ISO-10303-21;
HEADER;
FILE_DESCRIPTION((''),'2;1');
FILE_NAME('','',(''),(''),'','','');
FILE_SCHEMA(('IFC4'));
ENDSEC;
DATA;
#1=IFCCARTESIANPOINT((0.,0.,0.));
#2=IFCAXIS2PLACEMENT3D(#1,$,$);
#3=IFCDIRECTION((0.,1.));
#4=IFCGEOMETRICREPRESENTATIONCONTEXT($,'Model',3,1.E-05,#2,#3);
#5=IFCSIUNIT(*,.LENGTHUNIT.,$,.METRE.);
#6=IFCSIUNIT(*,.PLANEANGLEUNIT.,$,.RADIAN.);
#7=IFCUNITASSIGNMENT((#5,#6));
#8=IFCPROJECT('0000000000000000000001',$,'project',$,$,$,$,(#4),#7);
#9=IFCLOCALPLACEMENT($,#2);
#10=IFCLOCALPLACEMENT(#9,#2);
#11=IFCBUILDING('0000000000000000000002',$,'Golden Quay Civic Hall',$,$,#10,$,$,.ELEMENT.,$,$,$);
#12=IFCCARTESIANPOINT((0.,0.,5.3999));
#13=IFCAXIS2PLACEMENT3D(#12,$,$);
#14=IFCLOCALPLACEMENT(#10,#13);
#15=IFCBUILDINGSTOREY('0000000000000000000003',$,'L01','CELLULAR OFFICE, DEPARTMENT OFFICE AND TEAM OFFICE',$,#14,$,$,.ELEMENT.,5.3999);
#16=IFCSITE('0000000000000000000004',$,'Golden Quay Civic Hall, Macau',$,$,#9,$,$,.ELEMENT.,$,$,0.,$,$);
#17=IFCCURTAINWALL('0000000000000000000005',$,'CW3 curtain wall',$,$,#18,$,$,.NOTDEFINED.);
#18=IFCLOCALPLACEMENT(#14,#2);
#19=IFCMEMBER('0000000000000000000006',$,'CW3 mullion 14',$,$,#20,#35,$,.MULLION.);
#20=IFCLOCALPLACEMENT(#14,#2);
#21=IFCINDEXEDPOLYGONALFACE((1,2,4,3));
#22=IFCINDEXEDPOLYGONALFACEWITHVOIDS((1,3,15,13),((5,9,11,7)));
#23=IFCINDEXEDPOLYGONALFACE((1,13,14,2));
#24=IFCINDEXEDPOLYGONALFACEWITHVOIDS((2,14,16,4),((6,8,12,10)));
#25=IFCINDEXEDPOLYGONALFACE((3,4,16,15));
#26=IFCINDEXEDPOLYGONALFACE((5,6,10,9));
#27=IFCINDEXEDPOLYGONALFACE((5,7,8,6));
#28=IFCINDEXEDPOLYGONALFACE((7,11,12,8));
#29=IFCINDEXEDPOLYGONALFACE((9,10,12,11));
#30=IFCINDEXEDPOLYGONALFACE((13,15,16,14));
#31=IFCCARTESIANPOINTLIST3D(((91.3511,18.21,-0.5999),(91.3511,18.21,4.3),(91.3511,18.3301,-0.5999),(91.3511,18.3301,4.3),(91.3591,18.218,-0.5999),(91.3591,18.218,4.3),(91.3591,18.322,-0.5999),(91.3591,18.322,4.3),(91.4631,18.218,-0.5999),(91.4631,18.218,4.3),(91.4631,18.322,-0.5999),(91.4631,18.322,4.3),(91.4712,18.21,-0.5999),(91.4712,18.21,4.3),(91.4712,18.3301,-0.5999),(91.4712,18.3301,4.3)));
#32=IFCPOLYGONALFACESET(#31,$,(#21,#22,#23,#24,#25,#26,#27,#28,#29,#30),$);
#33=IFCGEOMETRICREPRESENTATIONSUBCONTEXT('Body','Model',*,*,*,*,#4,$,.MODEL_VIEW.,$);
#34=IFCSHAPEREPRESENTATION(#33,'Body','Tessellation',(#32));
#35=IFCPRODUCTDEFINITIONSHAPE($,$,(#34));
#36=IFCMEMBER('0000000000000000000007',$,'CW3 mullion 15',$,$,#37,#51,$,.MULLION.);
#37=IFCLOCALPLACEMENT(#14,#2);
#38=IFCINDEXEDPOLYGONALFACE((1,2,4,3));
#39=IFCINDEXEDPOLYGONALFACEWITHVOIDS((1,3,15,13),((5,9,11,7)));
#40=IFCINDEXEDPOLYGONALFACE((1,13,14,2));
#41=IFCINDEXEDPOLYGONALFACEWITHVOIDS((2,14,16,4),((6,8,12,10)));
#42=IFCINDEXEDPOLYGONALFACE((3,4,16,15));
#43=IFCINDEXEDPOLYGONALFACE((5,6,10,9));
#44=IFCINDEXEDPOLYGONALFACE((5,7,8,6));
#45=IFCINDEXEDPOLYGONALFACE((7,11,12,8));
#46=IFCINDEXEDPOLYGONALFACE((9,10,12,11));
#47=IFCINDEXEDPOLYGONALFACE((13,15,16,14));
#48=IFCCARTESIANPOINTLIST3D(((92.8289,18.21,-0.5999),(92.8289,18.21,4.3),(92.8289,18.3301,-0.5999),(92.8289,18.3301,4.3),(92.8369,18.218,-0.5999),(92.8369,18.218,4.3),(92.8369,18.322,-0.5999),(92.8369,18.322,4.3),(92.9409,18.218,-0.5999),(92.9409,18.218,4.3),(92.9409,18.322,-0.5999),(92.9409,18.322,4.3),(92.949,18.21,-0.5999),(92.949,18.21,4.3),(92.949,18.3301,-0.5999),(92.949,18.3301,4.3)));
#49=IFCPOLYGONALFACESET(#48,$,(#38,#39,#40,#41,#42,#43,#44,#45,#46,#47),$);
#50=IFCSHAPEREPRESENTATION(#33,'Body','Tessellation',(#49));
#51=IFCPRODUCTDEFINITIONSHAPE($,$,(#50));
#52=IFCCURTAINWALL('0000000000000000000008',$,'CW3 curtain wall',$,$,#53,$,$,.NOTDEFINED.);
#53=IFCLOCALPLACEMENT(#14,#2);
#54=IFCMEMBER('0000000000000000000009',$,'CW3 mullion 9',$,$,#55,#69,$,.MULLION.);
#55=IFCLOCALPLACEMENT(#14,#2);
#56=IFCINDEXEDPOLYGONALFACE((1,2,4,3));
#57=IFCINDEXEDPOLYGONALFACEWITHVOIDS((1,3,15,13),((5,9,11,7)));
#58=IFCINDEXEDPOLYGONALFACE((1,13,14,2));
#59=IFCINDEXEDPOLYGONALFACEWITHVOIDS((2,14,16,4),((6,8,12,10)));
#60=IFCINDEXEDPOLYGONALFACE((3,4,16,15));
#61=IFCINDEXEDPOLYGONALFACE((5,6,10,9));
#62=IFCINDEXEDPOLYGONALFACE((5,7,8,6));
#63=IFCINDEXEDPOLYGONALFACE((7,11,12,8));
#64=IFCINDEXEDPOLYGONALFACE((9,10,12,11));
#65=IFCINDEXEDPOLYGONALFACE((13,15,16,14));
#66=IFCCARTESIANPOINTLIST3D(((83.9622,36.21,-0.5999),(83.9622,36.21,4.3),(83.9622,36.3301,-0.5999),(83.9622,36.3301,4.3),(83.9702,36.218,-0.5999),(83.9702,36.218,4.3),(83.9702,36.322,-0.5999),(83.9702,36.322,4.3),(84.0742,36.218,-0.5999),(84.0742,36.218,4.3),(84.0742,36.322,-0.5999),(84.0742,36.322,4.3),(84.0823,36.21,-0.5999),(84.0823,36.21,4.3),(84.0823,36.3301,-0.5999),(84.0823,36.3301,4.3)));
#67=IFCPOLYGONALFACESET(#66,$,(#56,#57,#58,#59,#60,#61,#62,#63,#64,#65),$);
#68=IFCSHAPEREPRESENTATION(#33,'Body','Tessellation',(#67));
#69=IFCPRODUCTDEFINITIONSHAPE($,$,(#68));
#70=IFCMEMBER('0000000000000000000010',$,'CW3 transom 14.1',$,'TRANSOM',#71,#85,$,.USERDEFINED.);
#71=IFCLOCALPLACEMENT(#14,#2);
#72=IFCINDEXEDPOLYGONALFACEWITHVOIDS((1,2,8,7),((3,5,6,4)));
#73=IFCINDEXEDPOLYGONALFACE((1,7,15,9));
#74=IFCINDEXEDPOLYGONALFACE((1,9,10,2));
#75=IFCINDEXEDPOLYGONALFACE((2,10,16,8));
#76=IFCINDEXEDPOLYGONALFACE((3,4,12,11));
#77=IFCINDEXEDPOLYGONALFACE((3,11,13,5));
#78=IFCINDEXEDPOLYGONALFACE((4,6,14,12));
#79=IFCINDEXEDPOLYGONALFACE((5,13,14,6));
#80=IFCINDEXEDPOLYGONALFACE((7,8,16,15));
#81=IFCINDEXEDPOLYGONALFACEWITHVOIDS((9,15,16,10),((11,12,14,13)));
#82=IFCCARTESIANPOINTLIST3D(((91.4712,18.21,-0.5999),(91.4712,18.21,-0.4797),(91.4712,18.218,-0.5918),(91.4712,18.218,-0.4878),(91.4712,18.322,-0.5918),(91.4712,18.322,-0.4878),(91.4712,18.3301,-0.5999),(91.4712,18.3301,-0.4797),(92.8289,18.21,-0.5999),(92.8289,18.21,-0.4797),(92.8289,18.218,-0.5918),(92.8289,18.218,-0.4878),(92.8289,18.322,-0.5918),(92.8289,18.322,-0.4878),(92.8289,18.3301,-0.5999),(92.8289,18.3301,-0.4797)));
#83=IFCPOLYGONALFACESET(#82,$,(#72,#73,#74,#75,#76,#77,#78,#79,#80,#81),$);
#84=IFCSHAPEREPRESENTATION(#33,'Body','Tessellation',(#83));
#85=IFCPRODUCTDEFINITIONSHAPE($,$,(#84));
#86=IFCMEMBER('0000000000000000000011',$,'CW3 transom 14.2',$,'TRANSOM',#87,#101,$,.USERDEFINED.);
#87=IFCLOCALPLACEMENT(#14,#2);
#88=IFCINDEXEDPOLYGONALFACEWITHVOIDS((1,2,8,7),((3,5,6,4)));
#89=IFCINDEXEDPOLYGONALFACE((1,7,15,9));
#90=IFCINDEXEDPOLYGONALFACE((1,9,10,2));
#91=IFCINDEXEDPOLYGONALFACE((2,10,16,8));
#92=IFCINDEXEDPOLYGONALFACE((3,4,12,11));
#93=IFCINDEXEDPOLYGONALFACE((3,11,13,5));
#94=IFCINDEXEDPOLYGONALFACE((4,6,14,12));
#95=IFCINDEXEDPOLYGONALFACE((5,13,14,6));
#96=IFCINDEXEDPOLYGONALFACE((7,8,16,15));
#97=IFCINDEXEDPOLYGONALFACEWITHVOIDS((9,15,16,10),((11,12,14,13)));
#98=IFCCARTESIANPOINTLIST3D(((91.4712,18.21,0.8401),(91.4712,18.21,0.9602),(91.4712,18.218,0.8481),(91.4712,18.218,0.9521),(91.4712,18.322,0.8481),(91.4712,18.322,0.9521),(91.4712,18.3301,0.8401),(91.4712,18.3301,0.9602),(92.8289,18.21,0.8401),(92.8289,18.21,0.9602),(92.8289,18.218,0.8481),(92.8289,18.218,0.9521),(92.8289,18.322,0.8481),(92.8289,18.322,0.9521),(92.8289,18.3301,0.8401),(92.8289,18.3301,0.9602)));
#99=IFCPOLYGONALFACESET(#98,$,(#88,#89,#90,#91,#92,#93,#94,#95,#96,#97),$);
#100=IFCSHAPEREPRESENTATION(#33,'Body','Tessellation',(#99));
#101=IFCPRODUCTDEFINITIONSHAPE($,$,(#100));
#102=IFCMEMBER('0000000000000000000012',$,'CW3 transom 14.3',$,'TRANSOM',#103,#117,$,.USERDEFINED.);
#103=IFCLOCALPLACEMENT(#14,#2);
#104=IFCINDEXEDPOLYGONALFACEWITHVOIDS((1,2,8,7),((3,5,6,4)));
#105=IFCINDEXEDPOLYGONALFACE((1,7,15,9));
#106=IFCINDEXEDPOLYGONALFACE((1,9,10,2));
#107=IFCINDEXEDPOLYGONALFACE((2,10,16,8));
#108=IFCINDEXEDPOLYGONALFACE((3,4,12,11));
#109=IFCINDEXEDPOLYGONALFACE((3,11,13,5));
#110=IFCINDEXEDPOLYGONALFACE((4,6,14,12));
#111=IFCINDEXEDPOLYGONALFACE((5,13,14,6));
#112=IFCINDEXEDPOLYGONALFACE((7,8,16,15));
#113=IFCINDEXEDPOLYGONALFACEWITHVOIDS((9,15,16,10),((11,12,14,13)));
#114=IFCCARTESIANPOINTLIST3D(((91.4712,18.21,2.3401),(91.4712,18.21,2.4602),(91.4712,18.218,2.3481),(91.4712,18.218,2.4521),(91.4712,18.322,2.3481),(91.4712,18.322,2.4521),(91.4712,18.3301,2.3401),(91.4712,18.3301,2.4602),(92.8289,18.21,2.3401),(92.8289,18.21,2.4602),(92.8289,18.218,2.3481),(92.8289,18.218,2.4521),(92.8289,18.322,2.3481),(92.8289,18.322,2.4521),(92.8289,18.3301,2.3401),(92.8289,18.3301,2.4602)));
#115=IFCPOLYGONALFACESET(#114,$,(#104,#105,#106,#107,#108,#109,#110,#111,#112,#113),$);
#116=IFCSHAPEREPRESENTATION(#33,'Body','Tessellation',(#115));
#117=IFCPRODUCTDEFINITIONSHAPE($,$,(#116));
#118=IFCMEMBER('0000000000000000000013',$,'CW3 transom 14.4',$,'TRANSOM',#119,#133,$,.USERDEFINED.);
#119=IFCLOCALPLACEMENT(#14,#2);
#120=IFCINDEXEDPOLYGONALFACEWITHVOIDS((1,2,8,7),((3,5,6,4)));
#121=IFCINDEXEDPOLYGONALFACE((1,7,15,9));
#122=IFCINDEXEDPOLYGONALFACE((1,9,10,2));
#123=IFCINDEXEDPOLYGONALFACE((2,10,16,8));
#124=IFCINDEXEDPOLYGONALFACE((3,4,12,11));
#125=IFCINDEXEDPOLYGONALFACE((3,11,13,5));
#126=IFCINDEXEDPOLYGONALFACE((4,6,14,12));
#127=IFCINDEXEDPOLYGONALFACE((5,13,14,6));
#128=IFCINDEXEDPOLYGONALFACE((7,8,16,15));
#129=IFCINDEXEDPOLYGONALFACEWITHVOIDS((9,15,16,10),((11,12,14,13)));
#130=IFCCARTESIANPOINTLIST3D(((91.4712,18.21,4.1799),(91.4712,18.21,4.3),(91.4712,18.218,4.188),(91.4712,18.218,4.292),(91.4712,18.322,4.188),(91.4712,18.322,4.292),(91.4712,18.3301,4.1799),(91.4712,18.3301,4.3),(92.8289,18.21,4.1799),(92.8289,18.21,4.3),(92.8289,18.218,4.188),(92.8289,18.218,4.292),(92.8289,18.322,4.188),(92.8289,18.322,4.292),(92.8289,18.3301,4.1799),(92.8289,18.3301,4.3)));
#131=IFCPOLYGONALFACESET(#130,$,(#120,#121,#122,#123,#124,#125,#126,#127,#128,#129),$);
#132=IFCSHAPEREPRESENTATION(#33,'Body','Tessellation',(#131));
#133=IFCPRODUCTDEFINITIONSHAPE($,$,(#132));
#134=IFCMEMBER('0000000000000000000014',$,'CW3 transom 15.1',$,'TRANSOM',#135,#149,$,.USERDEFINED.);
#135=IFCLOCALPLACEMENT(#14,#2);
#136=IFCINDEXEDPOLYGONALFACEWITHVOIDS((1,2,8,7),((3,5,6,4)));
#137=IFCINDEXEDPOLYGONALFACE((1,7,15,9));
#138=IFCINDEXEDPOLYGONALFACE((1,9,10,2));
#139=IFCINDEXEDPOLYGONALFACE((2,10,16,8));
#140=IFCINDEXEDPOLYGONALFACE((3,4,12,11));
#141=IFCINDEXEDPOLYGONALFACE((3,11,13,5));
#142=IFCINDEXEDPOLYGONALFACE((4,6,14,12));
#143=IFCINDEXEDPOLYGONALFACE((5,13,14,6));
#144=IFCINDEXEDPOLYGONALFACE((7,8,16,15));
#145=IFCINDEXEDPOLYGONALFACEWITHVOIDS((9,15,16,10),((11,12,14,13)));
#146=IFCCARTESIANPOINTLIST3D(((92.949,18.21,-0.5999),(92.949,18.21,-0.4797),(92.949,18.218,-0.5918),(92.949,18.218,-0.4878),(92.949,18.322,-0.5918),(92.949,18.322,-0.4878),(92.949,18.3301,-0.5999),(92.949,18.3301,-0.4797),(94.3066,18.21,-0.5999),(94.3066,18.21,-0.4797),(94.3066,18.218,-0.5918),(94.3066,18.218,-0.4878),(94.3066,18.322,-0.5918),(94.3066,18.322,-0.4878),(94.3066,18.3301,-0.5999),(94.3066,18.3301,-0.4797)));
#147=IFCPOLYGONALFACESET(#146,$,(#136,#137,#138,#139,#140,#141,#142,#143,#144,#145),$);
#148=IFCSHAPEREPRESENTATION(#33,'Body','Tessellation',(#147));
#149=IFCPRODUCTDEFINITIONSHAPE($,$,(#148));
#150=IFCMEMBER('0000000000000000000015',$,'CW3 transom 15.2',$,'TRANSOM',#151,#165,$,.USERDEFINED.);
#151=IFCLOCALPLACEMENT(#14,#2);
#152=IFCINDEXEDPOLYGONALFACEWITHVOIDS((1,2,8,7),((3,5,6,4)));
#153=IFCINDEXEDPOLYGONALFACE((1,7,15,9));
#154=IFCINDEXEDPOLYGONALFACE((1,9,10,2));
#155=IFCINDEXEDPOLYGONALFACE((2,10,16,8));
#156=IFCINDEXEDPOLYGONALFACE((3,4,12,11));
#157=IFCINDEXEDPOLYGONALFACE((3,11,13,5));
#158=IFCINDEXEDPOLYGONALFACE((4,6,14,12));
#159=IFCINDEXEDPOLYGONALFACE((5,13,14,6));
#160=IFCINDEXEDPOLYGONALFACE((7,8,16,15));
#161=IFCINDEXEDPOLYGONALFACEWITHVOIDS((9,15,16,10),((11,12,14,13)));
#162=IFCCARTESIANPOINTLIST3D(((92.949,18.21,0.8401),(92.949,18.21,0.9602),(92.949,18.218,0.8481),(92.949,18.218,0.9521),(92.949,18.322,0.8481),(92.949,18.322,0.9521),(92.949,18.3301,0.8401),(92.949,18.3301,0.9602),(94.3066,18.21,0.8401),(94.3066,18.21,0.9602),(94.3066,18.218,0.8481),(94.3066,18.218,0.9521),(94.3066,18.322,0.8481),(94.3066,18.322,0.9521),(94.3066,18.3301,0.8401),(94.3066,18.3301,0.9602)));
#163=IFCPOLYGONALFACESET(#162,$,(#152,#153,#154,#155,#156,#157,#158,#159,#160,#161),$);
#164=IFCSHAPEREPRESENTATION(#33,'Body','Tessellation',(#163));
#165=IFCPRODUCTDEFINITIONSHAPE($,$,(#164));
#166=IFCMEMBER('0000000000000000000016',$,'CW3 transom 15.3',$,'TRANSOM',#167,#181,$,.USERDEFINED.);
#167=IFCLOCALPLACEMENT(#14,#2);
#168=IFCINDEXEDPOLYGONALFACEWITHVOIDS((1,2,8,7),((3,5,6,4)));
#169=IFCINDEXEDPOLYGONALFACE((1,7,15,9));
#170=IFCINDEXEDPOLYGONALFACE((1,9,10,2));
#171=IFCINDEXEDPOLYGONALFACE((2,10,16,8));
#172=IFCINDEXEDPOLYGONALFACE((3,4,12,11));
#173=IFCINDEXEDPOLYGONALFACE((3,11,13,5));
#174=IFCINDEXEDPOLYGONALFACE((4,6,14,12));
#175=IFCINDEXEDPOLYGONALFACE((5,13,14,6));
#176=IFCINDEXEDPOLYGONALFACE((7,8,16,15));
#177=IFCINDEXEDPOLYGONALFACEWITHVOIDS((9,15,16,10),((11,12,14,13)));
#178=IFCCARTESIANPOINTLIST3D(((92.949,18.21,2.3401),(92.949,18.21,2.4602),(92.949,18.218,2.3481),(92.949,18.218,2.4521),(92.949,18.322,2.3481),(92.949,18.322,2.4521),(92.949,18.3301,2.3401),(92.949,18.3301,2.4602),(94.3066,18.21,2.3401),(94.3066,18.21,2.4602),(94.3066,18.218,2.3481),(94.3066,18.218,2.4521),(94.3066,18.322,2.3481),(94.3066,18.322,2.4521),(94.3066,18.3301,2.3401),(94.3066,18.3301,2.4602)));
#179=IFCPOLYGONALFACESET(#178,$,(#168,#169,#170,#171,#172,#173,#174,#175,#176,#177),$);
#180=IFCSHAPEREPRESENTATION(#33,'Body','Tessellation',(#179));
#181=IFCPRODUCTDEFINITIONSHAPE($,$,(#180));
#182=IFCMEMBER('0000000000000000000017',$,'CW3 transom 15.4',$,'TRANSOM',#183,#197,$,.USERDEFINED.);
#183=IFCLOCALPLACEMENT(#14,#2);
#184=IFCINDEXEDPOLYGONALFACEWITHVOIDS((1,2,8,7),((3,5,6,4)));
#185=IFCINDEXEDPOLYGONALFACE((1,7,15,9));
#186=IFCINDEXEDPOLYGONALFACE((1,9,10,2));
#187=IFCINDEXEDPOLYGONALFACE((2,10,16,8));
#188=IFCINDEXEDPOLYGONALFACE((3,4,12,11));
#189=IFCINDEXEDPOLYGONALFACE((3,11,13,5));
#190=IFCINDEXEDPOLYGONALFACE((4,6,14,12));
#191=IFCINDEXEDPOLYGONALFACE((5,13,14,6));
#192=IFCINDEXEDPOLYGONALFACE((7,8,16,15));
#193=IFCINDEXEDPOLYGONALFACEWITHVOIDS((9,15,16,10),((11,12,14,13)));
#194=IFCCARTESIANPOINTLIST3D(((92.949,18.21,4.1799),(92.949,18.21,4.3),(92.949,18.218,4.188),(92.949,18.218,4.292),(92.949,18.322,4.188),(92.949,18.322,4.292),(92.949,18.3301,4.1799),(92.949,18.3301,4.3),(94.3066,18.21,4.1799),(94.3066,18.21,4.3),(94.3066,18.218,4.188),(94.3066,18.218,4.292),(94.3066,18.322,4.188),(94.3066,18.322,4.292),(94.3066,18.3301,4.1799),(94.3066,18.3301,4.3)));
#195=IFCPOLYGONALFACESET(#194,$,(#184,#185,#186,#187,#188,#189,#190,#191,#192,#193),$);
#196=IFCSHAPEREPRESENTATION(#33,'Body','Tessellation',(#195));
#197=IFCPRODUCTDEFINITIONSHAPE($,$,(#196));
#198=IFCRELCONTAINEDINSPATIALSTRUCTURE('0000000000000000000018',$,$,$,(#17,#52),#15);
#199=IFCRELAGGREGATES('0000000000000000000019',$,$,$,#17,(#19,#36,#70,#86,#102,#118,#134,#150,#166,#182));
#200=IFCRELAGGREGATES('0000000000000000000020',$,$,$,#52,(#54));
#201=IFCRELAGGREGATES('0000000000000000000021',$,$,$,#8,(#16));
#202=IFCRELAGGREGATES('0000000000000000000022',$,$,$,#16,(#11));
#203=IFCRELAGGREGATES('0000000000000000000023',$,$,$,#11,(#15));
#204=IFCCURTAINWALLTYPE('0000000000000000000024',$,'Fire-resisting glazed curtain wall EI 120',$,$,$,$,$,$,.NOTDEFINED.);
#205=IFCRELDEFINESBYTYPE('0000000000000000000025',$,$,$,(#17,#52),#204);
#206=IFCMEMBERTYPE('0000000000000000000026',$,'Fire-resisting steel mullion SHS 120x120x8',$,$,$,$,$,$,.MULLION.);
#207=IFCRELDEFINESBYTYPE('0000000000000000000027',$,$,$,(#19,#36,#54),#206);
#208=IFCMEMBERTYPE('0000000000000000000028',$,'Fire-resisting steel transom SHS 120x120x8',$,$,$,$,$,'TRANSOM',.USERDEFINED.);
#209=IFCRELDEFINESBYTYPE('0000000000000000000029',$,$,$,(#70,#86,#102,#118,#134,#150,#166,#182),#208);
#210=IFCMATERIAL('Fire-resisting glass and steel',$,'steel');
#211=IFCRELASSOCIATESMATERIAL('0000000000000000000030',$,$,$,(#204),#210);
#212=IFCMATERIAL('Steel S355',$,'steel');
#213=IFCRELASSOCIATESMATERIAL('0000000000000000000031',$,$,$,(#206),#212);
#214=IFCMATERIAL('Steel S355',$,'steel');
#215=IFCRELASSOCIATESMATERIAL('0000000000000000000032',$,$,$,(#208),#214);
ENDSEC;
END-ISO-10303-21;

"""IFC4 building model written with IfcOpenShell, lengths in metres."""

from ifc_helpers import new_model, si_unit, direction, frame, origin, origin_2d, place, context, subcontext, project, spatial, hollow_rectangle, extrude, material, material_profile, profile_set, type_object, element, aggregate, save


model = new_model("IFC4")

# Units and contexts
model_context = context("Model", 3, precision=1e-05, world=origin(), true_north=direction((0.0, 1.0)))
body_context = subcontext(model_context, "Body", "Model", "MODEL_VIEW")
ifc_project = project(units=[si_unit("LENGTHUNIT", "METRE"), si_unit("PLANEANGLEUNIT", "RADIAN")], contexts=[model_context])

# Site, building, storey
site_placement = place(None, origin())
site = spatial("IfcSite", under=ifc_project, at=site_placement, Name="Golden Quay Civic Hall, Macau", CompositionType="ELEMENT", RefElevation=0.0)
building_placement = place(site_placement, origin())
building = spatial("IfcBuilding", under=site, at=building_placement, Name="Golden Quay Civic Hall", CompositionType="ELEMENT")
storey_placement = place(building_placement, frame((0.0, 0.0, 5.3999)))
storey = spatial("IfcBuildingStorey", under=building, at=storey_placement, Name="L01", Description="CELLULAR OFFICE, DEPARTMENT OFFICE AND TEAM OFFICE", CompositionType="ELEMENT", Elevation=5.3999)

# Curtain wall, members
ifc_material_1 = material(Name="Fire-resisting glass and steel", Category="steel")
curtain_wall_type = type_object("IfcCurtainWallType", Name="Fire-resisting glazed curtain wall EI 120", PredefinedType="NOTDEFINED", material=ifc_material_1)
curtain_wall_1_placement = place(storey_placement, origin())
curtain_wall_1 = element("IfcCurtainWall", 1, at=curtain_wall_1_placement, inside=storey, type_object=curtain_wall_type, Name="CW3 curtain wall", PredefinedType="NOTDEFINED")
ifc_material_2 = material(Name="Steel S355", Category="steel")
ifc_material_profile_1 = material_profile(ifc_material_2, hollow_rectangle(XDim=0.1201, YDim=0.1201, WallThickness=0.0081, at=origin_2d()), Name="SHS 120x120x8")
ifc_profile_set_1 = profile_set([ifc_material_profile_1], Name="Steel S355")
member_type_1 = type_object("IfcMemberType", Name="Fire-resisting steel mullion SHS 120x120x8", PredefinedType="MULLION", material=ifc_profile_set_1)
member_1_placement = place(storey_placement, frame((91.4111, 18.27, -0.5999), z_axis=(0.0, 0.0, 1.0), x_axis=(0.0, 1.0, 0.0)))
member_1 = element("IfcMember", 2, at=member_1_placement, type_object=member_type_1, Name="CW3 mullion 14", PredefinedType="MULLION", context=body_context, shape_type="SweptSolid", body=[
    extrude(hollow_rectangle(XDim=0.1201, YDim=0.1201, WallThickness=0.0081, at=origin_2d()), origin(), (0.0, 0.0, 1.0), 4.8999),
])
member_2_placement = place(storey_placement, frame((92.8889, 18.27, -0.5999), z_axis=(0.0, 0.0, 1.0), x_axis=(0.0, 1.0, 0.0)))
member_2 = element("IfcMember", 3, at=member_2_placement, type_object=member_type_1, Name="CW3 mullion 15", PredefinedType="MULLION", context=body_context, shape_type="SweptSolid", body=[
    extrude(hollow_rectangle(XDim=0.1201, YDim=0.1201, WallThickness=0.0081, at=origin_2d()), origin(), (0.0, 0.0, 1.0), 4.8999),
])

# Curtain wall, member
curtain_wall_2_placement = place(storey_placement, origin())
curtain_wall_2 = element("IfcCurtainWall", 4, at=curtain_wall_2_placement, inside=storey, type_object=curtain_wall_type, Name="CW3 curtain wall", PredefinedType="NOTDEFINED")
member_3_placement = place(storey_placement, frame((84.0222, 36.27, -0.5999), z_axis=(0.0, 0.0, 1.0), x_axis=(0.0, 1.0, 0.0)))
member_3 = element("IfcMember", 5, at=member_3_placement, type_object=member_type_1, Name="CW3 mullion 9", PredefinedType="MULLION", context=body_context, shape_type="SweptSolid", body=[
    extrude(hollow_rectangle(XDim=0.1201, YDim=0.1201, WallThickness=0.0081, at=origin_2d()), origin(), (0.0, 0.0, 1.0), 4.8999),
])

# Members
ifc_material_3 = material(Name="Steel S355", Category="steel")
ifc_material_profile_2 = material_profile(ifc_material_3, hollow_rectangle(XDim=0.1201, YDim=0.1201, WallThickness=0.0081, at=origin_2d()), Name="SHS 120x120x8")
ifc_profile_set_2 = profile_set([ifc_material_profile_2], Name="Steel S355")
member_type_2 = type_object("IfcMemberType", Name="Fire-resisting steel transom SHS 120x120x8", ElementType="TRANSOM", PredefinedType="USERDEFINED", material=ifc_profile_set_2)
member_4_placement = place(storey_placement, frame((91.4712, 18.27, -0.5398), z_axis=(1.0, 0.0, 0.0), x_axis=(0.0, 1.0, 0.0)))
member_4 = element("IfcMember", 6, at=member_4_placement, type_object=member_type_2, Name="CW3 transom 14.1", ObjectType="TRANSOM", PredefinedType="USERDEFINED", context=body_context, shape_type="SweptSolid", body=[
    extrude(hollow_rectangle(XDim=0.1201, YDim=0.1201, WallThickness=0.0081, at=origin_2d()), origin(), (0.0, 0.0, 1.0), 1.3577),
])
member_5_placement = place(storey_placement, frame((91.4712, 18.27, 0.9001), z_axis=(1.0, 0.0, 0.0), x_axis=(0.0, 1.0, 0.0)))
member_5 = element("IfcMember", 7, at=member_5_placement, type_object=member_type_2, Name="CW3 transom 14.2", ObjectType="TRANSOM", PredefinedType="USERDEFINED", context=body_context, shape_type="SweptSolid", body=[
    extrude(hollow_rectangle(XDim=0.1201, YDim=0.1201, WallThickness=0.0081, at=origin_2d()), origin(), (0.0, 0.0, 1.0), 1.3577),
])
member_6_placement = place(storey_placement, frame((91.4712, 18.27, 2.4001), z_axis=(1.0, 0.0, 0.0), x_axis=(0.0, 1.0, 0.0)))
member_6 = element("IfcMember", 8, at=member_6_placement, type_object=member_type_2, Name="CW3 transom 14.3", ObjectType="TRANSOM", PredefinedType="USERDEFINED", context=body_context, shape_type="SweptSolid", body=[
    extrude(hollow_rectangle(XDim=0.1201, YDim=0.1201, WallThickness=0.0081, at=origin_2d()), origin(), (0.0, 0.0, 1.0), 1.3577),
])
member_7_placement = place(storey_placement, frame((91.4712, 18.27, 4.24), z_axis=(1.0, 0.0, 0.0), x_axis=(0.0, 1.0, 0.0)))
member_7 = element("IfcMember", 9, at=member_7_placement, type_object=member_type_2, Name="CW3 transom 14.4", ObjectType="TRANSOM", PredefinedType="USERDEFINED", context=body_context, shape_type="SweptSolid", body=[
    extrude(hollow_rectangle(XDim=0.1201, YDim=0.1201, WallThickness=0.0081, at=origin_2d()), origin(), (0.0, 0.0, 1.0), 1.3577),
])
member_8_placement = place(storey_placement, frame((92.949, 18.27, -0.5398), z_axis=(1.0, 0.0, 0.0), x_axis=(0.0, 1.0, 0.0)))
member_8 = element("IfcMember", 10, at=member_8_placement, type_object=member_type_2, Name="CW3 transom 15.1", ObjectType="TRANSOM", PredefinedType="USERDEFINED", context=body_context, shape_type="SweptSolid", body=[
    extrude(hollow_rectangle(XDim=0.1201, YDim=0.1201, WallThickness=0.0081, at=origin_2d()), origin(), (0.0, 0.0, 1.0), 1.3577),
])
member_9_placement = place(storey_placement, frame((92.949, 18.27, 0.9001), z_axis=(1.0, 0.0, 0.0), x_axis=(0.0, 1.0, 0.0)))
member_9 = element("IfcMember", 11, at=member_9_placement, type_object=member_type_2, Name="CW3 transom 15.2", ObjectType="TRANSOM", PredefinedType="USERDEFINED", context=body_context, shape_type="SweptSolid", body=[
    extrude(hollow_rectangle(XDim=0.1201, YDim=0.1201, WallThickness=0.0081, at=origin_2d()), origin(), (0.0, 0.0, 1.0), 1.3577),
])
member_10_placement = place(storey_placement, frame((92.949, 18.27, 2.4001), z_axis=(1.0, 0.0, 0.0), x_axis=(0.0, 1.0, 0.0)))
member_10 = element("IfcMember", 12, at=member_10_placement, type_object=member_type_2, Name="CW3 transom 15.3", ObjectType="TRANSOM", PredefinedType="USERDEFINED", context=body_context, shape_type="SweptSolid", body=[
    extrude(hollow_rectangle(XDim=0.1201, YDim=0.1201, WallThickness=0.0081, at=origin_2d()), origin(), (0.0, 0.0, 1.0), 1.3577),
])
member_11_placement = place(storey_placement, frame((92.949, 18.27, 4.24), z_axis=(1.0, 0.0, 0.0), x_axis=(0.0, 1.0, 0.0)))
member_11 = element("IfcMember", 13, at=member_11_placement, type_object=member_type_2, Name="CW3 transom 15.4", ObjectType="TRANSOM", PredefinedType="USERDEFINED", context=body_context, shape_type="SweptSolid", body=[
    extrude(hollow_rectangle(XDim=0.1201, YDim=0.1201, WallThickness=0.0081, at=origin_2d()), origin(), (0.0, 0.0, 1.0), 1.3577),
])

aggregate(curtain_wall_1, [member_1, member_2, member_4, member_5, member_6, member_7, member_8, member_9, member_10, member_11])
aggregate(curtain_wall_2, [member_3])

save(model, "model.ifc")
